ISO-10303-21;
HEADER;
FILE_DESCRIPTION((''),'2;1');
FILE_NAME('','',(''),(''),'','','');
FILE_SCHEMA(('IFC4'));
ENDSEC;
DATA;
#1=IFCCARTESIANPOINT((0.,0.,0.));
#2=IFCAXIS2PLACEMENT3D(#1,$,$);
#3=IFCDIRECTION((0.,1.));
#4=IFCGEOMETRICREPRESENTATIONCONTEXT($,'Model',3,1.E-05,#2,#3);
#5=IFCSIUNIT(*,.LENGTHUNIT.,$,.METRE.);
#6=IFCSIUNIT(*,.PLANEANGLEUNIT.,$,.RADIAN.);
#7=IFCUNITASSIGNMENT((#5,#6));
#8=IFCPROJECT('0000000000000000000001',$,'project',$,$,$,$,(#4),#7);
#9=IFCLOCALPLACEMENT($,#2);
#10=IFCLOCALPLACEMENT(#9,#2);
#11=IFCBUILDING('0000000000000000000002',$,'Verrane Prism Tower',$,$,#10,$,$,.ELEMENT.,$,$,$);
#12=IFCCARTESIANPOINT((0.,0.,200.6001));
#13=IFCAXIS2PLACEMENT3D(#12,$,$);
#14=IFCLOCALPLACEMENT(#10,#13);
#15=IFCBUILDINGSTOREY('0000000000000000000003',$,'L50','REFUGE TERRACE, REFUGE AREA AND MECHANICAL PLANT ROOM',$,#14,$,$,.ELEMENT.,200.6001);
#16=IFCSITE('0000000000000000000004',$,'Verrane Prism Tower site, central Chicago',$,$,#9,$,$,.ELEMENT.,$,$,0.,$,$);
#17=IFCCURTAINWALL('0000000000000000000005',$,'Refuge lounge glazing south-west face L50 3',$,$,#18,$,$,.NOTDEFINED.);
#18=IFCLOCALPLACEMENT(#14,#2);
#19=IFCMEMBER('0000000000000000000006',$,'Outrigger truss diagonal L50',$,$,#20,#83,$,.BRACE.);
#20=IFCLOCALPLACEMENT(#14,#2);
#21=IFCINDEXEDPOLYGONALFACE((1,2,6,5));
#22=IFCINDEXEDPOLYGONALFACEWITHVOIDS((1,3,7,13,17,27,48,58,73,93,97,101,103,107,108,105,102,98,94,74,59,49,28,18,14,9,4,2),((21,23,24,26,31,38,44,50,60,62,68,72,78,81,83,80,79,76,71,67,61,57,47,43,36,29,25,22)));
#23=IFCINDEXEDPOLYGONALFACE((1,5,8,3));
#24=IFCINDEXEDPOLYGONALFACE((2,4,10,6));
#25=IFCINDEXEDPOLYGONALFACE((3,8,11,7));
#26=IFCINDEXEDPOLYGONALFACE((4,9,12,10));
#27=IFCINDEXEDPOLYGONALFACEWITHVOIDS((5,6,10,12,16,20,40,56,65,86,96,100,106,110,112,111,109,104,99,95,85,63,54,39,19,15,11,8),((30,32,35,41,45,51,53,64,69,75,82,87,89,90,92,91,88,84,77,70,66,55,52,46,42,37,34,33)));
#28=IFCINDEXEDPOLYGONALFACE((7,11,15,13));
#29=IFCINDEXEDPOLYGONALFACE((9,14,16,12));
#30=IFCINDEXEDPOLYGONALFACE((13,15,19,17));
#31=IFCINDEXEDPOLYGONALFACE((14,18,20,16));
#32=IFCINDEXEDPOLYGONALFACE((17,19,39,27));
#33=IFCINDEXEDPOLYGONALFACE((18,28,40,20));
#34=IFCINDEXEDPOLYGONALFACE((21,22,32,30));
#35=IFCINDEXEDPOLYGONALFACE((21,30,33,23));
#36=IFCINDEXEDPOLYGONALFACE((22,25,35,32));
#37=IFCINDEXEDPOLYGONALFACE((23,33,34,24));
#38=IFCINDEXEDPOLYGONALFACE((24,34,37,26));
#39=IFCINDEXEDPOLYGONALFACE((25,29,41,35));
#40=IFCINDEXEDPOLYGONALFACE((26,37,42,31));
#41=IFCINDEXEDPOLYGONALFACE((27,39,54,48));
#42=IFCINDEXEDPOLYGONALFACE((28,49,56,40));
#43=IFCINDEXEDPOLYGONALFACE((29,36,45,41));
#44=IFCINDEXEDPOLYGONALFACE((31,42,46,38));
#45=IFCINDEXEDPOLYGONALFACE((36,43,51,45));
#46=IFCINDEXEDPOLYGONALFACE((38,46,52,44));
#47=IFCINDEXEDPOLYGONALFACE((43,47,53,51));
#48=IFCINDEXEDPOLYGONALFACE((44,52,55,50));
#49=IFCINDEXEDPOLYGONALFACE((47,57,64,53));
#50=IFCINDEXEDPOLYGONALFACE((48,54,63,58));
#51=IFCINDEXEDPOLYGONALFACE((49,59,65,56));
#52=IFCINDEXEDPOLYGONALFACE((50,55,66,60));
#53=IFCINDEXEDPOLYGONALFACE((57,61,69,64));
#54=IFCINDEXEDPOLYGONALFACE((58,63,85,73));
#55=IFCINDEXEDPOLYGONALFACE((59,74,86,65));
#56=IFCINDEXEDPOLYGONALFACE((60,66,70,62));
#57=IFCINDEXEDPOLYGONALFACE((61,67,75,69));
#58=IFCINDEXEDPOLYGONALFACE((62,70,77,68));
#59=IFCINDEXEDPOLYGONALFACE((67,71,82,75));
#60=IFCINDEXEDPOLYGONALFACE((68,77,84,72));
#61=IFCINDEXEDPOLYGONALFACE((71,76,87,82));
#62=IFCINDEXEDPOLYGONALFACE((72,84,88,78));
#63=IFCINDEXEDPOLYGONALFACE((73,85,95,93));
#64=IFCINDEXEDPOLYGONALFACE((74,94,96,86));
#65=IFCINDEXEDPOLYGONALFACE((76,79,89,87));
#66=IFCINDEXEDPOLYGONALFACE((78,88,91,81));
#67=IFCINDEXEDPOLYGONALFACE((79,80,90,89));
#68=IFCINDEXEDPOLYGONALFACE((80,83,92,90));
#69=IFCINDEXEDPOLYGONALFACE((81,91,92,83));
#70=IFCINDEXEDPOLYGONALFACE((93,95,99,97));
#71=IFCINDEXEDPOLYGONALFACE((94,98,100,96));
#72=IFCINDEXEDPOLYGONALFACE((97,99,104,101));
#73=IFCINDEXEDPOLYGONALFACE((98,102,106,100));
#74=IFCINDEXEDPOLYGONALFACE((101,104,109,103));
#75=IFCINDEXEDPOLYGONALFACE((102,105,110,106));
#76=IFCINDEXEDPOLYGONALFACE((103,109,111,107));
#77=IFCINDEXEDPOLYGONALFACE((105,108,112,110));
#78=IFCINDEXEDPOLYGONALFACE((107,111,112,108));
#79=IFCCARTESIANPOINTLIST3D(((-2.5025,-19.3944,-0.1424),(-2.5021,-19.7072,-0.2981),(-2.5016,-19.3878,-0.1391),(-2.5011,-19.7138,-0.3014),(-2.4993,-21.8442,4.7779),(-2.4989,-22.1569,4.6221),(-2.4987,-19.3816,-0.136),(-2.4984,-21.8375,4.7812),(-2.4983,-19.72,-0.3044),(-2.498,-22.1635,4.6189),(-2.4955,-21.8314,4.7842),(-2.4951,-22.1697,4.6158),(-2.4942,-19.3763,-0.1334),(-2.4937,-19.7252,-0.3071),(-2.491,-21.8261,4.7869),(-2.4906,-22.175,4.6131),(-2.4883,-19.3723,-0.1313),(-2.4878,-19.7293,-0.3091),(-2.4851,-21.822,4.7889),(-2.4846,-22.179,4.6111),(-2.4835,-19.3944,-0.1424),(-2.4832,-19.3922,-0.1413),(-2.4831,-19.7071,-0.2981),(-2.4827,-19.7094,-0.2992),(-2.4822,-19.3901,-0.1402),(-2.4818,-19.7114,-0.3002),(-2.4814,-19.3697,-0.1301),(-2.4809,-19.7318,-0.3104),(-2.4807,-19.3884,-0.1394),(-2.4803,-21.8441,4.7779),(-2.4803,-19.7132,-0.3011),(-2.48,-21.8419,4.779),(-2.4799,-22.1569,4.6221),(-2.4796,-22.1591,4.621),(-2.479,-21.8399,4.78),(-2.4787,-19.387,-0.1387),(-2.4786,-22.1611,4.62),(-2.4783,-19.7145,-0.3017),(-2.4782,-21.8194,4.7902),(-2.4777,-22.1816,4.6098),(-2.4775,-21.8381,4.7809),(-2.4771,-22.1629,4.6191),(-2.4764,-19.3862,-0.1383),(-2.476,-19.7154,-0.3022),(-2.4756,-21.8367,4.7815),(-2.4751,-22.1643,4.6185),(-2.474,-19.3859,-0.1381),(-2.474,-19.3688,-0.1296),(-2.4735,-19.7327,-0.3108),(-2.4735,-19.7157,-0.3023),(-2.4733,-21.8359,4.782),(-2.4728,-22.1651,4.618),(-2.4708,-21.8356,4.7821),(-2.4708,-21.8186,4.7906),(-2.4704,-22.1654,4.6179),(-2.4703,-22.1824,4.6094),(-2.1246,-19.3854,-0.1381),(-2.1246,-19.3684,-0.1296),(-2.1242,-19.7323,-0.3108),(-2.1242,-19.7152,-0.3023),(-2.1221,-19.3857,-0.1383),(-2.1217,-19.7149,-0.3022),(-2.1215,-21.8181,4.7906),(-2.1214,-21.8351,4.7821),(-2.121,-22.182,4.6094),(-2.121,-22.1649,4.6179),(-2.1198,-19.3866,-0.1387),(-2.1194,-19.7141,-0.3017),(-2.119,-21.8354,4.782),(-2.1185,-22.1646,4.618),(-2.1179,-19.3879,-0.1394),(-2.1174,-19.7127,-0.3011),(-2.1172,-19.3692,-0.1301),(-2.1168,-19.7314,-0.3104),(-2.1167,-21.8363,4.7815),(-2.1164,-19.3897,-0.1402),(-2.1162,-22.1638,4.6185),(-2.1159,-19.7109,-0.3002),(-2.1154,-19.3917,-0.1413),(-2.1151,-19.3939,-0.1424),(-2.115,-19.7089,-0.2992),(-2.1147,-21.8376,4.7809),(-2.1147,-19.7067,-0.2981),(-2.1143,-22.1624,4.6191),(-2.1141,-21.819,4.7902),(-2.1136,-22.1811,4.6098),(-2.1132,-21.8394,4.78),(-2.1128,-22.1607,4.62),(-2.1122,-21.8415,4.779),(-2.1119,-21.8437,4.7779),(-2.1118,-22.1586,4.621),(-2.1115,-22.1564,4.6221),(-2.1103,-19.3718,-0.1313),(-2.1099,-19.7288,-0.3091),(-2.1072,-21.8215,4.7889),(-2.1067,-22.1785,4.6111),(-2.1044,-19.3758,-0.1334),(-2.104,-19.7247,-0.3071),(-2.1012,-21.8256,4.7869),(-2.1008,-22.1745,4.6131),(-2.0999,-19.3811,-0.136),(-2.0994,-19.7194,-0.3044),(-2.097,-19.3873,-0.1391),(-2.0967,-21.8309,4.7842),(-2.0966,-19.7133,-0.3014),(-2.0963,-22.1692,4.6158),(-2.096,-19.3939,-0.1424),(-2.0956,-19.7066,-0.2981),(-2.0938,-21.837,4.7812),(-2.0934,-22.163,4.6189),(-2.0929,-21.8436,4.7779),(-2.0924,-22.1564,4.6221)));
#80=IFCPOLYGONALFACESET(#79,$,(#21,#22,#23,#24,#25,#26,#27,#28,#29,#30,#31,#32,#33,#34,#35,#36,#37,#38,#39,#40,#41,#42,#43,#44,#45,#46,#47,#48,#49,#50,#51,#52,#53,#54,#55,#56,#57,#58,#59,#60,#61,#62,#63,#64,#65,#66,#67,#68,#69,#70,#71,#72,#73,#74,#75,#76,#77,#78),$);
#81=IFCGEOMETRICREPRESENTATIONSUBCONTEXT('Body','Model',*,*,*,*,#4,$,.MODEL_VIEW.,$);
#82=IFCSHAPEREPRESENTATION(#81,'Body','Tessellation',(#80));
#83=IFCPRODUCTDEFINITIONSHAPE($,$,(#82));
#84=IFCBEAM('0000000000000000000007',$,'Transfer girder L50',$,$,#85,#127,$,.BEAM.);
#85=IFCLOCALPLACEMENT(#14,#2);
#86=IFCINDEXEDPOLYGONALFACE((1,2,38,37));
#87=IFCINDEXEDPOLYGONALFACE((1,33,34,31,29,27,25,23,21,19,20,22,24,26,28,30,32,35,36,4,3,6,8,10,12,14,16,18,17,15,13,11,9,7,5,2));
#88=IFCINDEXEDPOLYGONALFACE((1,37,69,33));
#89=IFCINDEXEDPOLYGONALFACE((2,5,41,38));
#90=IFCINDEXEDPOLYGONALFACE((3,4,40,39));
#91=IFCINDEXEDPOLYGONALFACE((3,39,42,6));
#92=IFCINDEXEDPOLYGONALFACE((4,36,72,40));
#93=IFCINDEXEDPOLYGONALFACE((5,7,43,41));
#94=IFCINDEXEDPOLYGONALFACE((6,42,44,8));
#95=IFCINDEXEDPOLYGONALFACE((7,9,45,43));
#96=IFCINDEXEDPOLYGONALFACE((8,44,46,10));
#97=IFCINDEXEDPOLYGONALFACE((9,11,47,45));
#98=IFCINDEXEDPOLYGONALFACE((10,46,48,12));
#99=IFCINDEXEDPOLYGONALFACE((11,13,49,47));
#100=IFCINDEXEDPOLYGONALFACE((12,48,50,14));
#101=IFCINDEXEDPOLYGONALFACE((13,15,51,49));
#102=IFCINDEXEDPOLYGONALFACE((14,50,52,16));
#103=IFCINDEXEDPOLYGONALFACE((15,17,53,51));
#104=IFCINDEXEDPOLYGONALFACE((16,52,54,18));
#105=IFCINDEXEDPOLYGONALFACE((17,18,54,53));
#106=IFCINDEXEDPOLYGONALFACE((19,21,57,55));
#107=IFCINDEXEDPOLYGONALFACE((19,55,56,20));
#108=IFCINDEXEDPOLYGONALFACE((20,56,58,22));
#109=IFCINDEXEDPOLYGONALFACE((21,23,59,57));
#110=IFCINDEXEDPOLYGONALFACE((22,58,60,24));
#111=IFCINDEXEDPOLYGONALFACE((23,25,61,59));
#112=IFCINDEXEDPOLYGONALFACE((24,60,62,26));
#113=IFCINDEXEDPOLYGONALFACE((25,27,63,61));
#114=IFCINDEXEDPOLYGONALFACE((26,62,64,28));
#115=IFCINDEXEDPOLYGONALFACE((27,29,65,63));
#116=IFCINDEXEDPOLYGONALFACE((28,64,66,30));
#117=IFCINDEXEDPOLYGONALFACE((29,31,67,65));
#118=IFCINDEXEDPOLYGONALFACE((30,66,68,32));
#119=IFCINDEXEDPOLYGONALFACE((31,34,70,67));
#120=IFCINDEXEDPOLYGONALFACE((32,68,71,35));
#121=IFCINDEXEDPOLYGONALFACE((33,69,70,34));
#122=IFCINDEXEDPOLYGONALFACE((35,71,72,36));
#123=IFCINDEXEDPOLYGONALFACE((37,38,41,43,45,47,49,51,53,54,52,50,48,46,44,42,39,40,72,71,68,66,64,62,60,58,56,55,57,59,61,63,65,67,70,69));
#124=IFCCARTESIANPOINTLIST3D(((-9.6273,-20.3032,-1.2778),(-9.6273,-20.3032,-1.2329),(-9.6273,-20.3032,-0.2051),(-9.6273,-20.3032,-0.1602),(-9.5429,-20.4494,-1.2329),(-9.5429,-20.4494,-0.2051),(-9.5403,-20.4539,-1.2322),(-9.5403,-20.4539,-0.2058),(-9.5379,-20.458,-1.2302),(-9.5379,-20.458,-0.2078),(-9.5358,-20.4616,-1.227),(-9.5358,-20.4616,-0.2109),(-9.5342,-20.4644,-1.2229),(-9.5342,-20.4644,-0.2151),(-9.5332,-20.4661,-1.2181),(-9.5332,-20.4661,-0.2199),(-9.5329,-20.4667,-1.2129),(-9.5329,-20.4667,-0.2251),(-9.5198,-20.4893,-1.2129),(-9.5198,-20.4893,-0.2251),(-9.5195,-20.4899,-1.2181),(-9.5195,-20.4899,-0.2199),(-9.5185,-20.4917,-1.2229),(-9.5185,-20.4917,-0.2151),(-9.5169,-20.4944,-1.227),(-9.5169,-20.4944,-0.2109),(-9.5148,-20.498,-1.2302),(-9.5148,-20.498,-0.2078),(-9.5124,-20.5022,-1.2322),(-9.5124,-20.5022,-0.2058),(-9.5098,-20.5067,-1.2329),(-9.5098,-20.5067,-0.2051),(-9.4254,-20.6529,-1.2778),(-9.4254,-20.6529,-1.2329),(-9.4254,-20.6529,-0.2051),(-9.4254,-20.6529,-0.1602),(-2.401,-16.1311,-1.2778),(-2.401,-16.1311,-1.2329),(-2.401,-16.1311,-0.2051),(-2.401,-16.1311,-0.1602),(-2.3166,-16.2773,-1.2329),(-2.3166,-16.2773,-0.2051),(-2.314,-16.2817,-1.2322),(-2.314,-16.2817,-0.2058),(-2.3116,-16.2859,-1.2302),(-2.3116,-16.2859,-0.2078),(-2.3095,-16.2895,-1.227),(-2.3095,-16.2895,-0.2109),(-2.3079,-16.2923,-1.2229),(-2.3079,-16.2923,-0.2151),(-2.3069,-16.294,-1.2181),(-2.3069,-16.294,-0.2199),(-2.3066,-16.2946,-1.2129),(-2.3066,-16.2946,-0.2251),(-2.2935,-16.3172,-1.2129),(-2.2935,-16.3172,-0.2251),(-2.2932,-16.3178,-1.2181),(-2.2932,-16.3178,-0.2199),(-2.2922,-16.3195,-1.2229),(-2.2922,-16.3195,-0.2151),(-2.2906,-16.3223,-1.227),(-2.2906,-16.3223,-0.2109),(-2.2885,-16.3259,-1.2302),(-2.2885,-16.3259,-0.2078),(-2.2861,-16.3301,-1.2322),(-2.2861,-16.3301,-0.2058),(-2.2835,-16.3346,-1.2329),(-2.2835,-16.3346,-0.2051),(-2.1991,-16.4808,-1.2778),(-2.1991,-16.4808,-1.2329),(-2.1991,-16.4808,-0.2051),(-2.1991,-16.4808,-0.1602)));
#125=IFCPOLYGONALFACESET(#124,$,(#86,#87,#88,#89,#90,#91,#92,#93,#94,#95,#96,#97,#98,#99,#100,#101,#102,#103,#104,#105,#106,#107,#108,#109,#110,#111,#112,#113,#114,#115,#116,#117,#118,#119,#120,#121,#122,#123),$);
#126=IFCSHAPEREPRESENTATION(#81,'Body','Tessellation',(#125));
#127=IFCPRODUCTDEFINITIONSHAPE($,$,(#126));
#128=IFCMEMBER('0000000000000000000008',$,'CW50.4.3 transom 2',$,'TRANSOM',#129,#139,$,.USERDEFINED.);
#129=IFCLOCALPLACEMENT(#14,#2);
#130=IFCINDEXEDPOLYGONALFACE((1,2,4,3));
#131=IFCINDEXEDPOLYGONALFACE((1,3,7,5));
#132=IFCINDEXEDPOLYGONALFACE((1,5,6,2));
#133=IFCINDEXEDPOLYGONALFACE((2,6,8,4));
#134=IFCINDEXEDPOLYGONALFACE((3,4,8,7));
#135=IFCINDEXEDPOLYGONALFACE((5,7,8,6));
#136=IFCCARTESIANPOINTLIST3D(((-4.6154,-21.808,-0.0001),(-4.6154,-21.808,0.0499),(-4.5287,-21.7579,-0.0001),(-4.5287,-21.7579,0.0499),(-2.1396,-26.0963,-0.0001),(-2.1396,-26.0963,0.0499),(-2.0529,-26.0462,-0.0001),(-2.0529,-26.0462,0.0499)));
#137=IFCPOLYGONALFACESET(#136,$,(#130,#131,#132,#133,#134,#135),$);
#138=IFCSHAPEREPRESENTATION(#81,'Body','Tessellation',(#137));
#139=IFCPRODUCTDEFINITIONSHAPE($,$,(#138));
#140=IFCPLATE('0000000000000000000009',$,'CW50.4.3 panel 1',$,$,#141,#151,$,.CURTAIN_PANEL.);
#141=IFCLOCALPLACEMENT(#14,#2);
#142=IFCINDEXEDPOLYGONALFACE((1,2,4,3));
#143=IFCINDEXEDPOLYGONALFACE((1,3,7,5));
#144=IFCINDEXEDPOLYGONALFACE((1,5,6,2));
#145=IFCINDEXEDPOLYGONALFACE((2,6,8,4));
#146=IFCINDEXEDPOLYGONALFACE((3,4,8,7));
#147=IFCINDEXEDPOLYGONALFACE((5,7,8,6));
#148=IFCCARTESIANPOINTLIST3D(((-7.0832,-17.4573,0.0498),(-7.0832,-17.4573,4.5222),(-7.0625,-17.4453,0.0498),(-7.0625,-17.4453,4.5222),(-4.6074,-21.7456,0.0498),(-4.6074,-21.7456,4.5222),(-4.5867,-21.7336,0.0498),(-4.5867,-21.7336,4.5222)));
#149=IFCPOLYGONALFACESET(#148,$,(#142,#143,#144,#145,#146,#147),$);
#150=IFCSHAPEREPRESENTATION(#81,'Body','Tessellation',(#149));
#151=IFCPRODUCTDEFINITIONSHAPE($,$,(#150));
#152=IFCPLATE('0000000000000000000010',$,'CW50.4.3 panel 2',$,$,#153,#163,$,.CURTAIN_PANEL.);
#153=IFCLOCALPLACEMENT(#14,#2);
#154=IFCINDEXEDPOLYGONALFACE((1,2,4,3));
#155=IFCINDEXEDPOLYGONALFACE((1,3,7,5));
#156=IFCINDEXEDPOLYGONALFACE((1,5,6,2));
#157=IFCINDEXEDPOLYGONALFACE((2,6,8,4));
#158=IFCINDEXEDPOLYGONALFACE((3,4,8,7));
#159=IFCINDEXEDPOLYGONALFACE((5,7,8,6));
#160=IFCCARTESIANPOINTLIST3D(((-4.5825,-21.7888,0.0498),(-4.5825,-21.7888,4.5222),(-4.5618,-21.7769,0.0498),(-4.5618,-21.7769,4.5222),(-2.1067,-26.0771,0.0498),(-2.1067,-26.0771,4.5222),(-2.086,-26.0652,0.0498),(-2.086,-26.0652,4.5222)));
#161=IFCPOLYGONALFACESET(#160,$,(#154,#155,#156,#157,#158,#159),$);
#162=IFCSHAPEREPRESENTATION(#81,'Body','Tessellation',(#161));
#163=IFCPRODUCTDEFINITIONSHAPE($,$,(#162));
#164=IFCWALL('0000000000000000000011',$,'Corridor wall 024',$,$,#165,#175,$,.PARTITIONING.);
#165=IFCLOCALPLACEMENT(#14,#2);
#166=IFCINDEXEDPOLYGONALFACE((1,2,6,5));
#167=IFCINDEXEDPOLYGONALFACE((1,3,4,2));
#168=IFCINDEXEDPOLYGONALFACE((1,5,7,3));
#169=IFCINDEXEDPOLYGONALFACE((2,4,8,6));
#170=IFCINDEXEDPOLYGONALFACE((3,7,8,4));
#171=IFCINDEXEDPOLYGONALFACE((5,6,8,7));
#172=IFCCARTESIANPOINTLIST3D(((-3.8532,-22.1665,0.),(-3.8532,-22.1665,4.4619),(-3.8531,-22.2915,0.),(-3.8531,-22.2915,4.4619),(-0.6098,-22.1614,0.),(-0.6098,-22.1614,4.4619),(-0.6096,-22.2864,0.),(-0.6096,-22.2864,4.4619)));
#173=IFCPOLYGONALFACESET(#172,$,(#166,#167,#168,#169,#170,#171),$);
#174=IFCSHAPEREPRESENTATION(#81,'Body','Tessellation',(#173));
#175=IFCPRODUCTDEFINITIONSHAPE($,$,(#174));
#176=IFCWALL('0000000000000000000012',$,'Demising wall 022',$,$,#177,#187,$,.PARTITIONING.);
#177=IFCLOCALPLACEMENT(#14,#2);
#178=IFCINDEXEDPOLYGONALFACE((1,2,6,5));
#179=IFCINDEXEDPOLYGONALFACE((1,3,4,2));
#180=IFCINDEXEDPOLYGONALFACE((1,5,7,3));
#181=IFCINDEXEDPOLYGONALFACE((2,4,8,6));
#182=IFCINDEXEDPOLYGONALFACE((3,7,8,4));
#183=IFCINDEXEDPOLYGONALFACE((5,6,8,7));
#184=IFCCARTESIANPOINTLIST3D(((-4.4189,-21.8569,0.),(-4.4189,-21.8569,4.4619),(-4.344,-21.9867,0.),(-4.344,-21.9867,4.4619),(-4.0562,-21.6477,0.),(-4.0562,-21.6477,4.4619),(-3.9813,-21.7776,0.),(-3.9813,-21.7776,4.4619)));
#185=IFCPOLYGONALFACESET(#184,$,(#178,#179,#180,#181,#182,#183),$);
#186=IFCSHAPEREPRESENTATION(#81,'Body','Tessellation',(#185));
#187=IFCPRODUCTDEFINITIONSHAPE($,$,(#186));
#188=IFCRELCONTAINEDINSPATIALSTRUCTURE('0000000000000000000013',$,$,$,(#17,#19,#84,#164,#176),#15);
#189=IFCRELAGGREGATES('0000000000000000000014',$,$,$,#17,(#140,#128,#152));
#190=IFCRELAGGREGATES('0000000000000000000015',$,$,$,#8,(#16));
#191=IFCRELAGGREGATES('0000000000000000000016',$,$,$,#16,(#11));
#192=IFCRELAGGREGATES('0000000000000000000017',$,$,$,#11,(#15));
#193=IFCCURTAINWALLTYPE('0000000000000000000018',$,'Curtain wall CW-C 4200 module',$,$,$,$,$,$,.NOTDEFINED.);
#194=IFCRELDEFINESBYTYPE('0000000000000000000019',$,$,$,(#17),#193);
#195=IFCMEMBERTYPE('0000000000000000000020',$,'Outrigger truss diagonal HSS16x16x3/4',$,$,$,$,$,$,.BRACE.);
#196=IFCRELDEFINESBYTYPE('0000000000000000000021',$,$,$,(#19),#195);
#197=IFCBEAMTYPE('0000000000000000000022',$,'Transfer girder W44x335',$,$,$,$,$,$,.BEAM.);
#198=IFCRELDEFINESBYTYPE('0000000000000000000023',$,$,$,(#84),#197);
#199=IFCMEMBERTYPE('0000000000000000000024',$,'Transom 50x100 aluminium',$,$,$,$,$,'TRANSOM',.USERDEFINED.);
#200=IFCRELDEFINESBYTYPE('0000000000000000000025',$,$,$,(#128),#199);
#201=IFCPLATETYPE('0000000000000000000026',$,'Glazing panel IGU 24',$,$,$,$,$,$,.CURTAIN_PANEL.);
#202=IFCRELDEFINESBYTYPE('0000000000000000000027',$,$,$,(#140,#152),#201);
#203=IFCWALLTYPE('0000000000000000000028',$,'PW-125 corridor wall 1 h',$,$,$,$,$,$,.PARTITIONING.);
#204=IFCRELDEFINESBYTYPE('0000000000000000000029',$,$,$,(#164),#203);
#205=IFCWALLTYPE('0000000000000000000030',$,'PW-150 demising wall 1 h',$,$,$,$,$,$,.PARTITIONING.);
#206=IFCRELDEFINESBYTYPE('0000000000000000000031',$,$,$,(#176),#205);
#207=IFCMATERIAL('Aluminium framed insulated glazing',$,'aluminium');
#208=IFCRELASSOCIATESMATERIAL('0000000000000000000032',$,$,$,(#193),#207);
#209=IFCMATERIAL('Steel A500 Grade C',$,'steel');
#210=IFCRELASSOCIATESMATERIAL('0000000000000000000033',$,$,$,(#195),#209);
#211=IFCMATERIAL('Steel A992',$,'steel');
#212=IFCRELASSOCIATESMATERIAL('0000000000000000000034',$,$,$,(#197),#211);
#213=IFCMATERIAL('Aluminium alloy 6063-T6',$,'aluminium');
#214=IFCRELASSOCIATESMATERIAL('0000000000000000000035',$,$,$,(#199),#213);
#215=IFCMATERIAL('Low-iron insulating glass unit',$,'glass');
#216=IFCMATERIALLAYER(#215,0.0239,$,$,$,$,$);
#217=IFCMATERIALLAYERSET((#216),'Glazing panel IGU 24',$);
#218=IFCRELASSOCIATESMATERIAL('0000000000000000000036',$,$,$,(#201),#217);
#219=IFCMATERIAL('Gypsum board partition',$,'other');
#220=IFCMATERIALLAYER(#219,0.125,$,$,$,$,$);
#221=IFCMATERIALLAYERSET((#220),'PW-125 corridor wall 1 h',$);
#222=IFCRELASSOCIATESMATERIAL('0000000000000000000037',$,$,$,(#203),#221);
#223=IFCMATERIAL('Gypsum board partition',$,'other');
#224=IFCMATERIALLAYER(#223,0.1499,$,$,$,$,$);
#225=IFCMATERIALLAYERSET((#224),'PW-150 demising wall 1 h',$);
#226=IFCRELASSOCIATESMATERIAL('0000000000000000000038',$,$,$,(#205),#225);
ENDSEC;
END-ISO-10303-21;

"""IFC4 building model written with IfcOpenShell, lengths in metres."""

from ifc_helpers import new_model, si_unit, direction, frame, frame_2d, origin, origin_2d, place, context, subcontext, project, spatial, rectangle, hollow_rectangle, i_section, extrude, material, layer, layer_set, material_profile, profile_set, type_object, element, aggregate, save


model = new_model("IFC4")

# Units and contexts
model_context = context("Model", 3, precision=1e-05, world=origin(), true_north=direction((0.0, 1.0)))
body_context = subcontext(model_context, "Body", "Model", "MODEL_VIEW")
ifc_project = project(units=[si_unit("LENGTHUNIT", "METRE"), si_unit("PLANEANGLEUNIT", "RADIAN")], contexts=[model_context])

# Site, building, storey
site_placement = place(None, origin())
site = spatial("IfcSite", under=ifc_project, at=site_placement, Name="Verrane Prism Tower site, central Chicago", CompositionType="ELEMENT", RefElevation=0.0)
building_placement = place(site_placement, origin())
building = spatial("IfcBuilding", under=site, at=building_placement, Name="Verrane Prism Tower", CompositionType="ELEMENT")
storey_placement = place(building_placement, frame((0.0, 0.0, 200.6001)))
storey = spatial("IfcBuildingStorey", under=building, at=storey_placement, Name="L50", Description="REFUGE TERRACE, REFUGE AREA AND MECHANICAL PLANT ROOM", CompositionType="ELEMENT", Elevation=200.6001)

# Curtain wall
ifc_material_1 = material(Name="Aluminium framed insulated glazing", Category="aluminium")
curtain_wall_type = type_object("IfcCurtainWallType", Name="Curtain wall CW-C 4200 module", PredefinedType="NOTDEFINED", material=ifc_material_1)
curtain_wall_placement = place(storey_placement, origin())
curtain_wall = element("IfcCurtainWall", 1, at=curtain_wall_placement, inside=storey, type_object=curtain_wall_type, Name="Refuge lounge glazing south-west face L50 3", PredefinedType="NOTDEFINED")

# Member
ifc_material_2 = material(Name="Steel A500 Grade C", Category="steel")
ifc_material_profile_1 = material_profile(ifc_material_2, hollow_rectangle(XDim=0.4065, YDim=0.4065, WallThickness=0.019, InnerFilletRadius=0.0095, OuterFilletRadius=0.0286, at=origin_2d()), Name="HSS16x16x3/4")
ifc_profile_set_1 = profile_set([ifc_material_profile_1], Name="Steel A500 Grade C")
member_type_1 = type_object("IfcMemberType", Name="Outrigger truss diagonal HSS16x16x3/4", PredefinedType="BRACE", material=ifc_profile_set_1)
member_1_placement = place(storey_placement, frame((-2.2991, -19.5505, -0.2202), z_axis=(0.000577, -0.445703, 0.895181), x_axis=(0.999999, 0.001296, 0.0)))
element("IfcMember", 2, at=member_1_placement, inside=storey, type_object=member_type_1, Name="Outrigger truss diagonal L50", PredefinedType="BRACE", context=body_context, shape_type="SweptSolid", body=[
    extrude(hollow_rectangle(XDim=0.4065, YDim=0.4065, WallThickness=0.019, InnerFilletRadius=0.0095, OuterFilletRadius=0.0286, at=origin_2d()), origin(), (0.0, 0.0, 1.0), 5.4963),
])

# Beam
ifc_material_3 = material(Name="Steel A992", Category="steel")
ifc_material_profile_2 = material_profile(ifc_material_3, i_section(OverallWidth=0.4038, OverallDepth=1.1177, WebThickness=0.0261, FlangeThickness=0.0449, FilletRadius=0.02, at=origin_2d()), Name="W44x335")
ifc_profile_set_2 = profile_set([ifc_material_profile_2], Name="Steel A992")
beam_type_1 = type_object("IfcBeamType", Name="Transfer girder W44x335", PredefinedType="BEAM", material=ifc_profile_set_2)
beam_1_placement = place(storey_placement, frame((-9.5264, -20.478, -0.719), z_axis=(0.866025, 0.5, 0.0), x_axis=(-0.5, 0.866025, 0.0)))
element("IfcBeam", 3, at=beam_1_placement, inside=storey, type_object=beam_type_1, Name="Transfer girder L50", PredefinedType="BEAM", context=body_context, shape_type="SweptSolid", body=[
    extrude(i_section(OverallWidth=0.4038, OverallDepth=1.1177, WebThickness=0.0261, FlangeThickness=0.0449, FilletRadius=0.02, at=origin_2d()), origin(), (0.0, 0.0, 1.0), 8.3442),
])

# Member
ifc_material_4 = material(Name="Aluminium alloy 6063-T6", Category="aluminium")
ifc_material_profile_3 = material_profile(ifc_material_4, rectangle(XDim=0.1001, YDim=0.05, at=origin_2d()), Name="Transom 50x100 aluminium")
ifc_profile_set_3 = profile_set([ifc_material_profile_3], Name="Aluminium alloy 6063-T6")
member_type_2 = type_object("IfcMemberType", Name="Transom 50x100 aluminium", ElementType="TRANSOM", PredefinedType="USERDEFINED", material=ifc_profile_set_3)
member_2_placement = place(storey_placement, frame((-4.572, -21.783, 0.0249), z_axis=(0.499994, -0.866029, 0.0), x_axis=(0.866029, 0.499994, 0.0)))
member_2 = element("IfcMember", 4, at=member_2_placement, type_object=member_type_2, Name="CW50.4.3 transom 2", ObjectType="TRANSOM", PredefinedType="USERDEFINED", context=body_context, shape_type="SweptSolid", body=[
    extrude(rectangle(XDim=0.1001, YDim=0.05, at=origin_2d()), origin(), (0.0, 0.0, 1.0), 4.9517),
])

# Plates
ifc_material_5 = material(Name="Low-iron insulating glass unit", Category="glass")
ifc_layer_1 = layer(ifc_material_5, 0.0239)
ifc_layer_set_1 = layer_set([ifc_layer_1], Name="Glazing panel IGU 24")
plate_type = type_object("IfcPlateType", Name="Glazing panel IGU 24", PredefinedType="CURTAIN_PANEL", material=ifc_layer_set_1)
plate_1_placement = place(storey_placement, frame((-5.835, -19.5955, 0.0498), z_axis=(0.0, 0.0, 1.0), x_axis=(0.499997, -0.866027, 0.0)))
plate_1 = element("IfcPlate", 5, at=plate_1_placement, type_object=plate_type, Name="CW50.4.3 panel 1", PredefinedType="CURTAIN_PANEL", context=body_context, shape_type="SweptSolid", body=[
    extrude(rectangle(XDim=4.9517, YDim=0.0239, at=origin_2d()), origin(), (0.0, 0.0, 1.0), 4.4724),
])
plate_2_placement = place(storey_placement, frame((-3.3342, -23.927, 0.0498), z_axis=(0.0, 0.0, 1.0), x_axis=(0.499997, -0.866027, 0.0)))
plate_2 = element("IfcPlate", 6, at=plate_2_placement, type_object=plate_type, Name="CW50.4.3 panel 2", PredefinedType="CURTAIN_PANEL", context=body_context, shape_type="SweptSolid", body=[
    extrude(rectangle(XDim=4.9517, YDim=0.0239, at=origin_2d()), origin(), (0.0, 0.0, 1.0), 4.4724),
])
aggregate(curtain_wall, [plate_1, member_2, plate_2])

# Walls
ifc_material_6 = material(Name="Gypsum board partition", Category="other")
ifc_layer_2 = layer(ifc_material_6, 0.125)
ifc_layer_set_2 = layer_set([ifc_layer_2], Name="PW-125 corridor wall 1 h")
wall_type_1 = type_object("IfcWallType", Name="PW-125 corridor wall 1 h", PredefinedType="PARTITIONING", material=ifc_layer_set_2)
wall_1_placement = place(storey_placement, frame((-3.853, -22.229, 0.0), z_axis=(0.0, 0.0, 1.0), x_axis=(0.999999, 0.001581, 0.0)))
element("IfcWall", 7, at=wall_1_placement, inside=storey, type_object=wall_type_1, Name="Corridor wall 024", PredefinedType="PARTITIONING", context=body_context, shape_type="SweptSolid", body=[
    extrude(rectangle(XDim=3.2434, YDim=0.125, at=frame_2d((1.6216, 0.0))), origin(), (0.0, 0.0, 1.0), 4.4619),
])
ifc_material_7 = material(Name="Gypsum board partition", Category="other")
ifc_layer_3 = layer(ifc_material_7, 0.1499)
ifc_layer_set_3 = layer_set([ifc_layer_3], Name="PW-150 demising wall 1 h")
wall_type_2 = type_object("IfcWallType", Name="PW-150 demising wall 1 h", PredefinedType="PARTITIONING", material=ifc_layer_set_3)
wall_2_placement = place(storey_placement, frame((-4.3816, -21.9219, 0.0), z_axis=(0.0, 0.0, 1.0), x_axis=(0.866263, 0.499588, 0.0)))
element("IfcWall", 8, at=wall_2_placement, inside=storey, type_object=wall_type_2, Name="Demising wall 022", PredefinedType="PARTITIONING", context=body_context, shape_type="SweptSolid", body=[
    extrude(rectangle(XDim=0.4187, YDim=0.1499, at=frame_2d((0.2095, 0.0))), origin(), (0.0, 0.0, 1.0), 4.4619),
])

save(model, "model.ifc")
